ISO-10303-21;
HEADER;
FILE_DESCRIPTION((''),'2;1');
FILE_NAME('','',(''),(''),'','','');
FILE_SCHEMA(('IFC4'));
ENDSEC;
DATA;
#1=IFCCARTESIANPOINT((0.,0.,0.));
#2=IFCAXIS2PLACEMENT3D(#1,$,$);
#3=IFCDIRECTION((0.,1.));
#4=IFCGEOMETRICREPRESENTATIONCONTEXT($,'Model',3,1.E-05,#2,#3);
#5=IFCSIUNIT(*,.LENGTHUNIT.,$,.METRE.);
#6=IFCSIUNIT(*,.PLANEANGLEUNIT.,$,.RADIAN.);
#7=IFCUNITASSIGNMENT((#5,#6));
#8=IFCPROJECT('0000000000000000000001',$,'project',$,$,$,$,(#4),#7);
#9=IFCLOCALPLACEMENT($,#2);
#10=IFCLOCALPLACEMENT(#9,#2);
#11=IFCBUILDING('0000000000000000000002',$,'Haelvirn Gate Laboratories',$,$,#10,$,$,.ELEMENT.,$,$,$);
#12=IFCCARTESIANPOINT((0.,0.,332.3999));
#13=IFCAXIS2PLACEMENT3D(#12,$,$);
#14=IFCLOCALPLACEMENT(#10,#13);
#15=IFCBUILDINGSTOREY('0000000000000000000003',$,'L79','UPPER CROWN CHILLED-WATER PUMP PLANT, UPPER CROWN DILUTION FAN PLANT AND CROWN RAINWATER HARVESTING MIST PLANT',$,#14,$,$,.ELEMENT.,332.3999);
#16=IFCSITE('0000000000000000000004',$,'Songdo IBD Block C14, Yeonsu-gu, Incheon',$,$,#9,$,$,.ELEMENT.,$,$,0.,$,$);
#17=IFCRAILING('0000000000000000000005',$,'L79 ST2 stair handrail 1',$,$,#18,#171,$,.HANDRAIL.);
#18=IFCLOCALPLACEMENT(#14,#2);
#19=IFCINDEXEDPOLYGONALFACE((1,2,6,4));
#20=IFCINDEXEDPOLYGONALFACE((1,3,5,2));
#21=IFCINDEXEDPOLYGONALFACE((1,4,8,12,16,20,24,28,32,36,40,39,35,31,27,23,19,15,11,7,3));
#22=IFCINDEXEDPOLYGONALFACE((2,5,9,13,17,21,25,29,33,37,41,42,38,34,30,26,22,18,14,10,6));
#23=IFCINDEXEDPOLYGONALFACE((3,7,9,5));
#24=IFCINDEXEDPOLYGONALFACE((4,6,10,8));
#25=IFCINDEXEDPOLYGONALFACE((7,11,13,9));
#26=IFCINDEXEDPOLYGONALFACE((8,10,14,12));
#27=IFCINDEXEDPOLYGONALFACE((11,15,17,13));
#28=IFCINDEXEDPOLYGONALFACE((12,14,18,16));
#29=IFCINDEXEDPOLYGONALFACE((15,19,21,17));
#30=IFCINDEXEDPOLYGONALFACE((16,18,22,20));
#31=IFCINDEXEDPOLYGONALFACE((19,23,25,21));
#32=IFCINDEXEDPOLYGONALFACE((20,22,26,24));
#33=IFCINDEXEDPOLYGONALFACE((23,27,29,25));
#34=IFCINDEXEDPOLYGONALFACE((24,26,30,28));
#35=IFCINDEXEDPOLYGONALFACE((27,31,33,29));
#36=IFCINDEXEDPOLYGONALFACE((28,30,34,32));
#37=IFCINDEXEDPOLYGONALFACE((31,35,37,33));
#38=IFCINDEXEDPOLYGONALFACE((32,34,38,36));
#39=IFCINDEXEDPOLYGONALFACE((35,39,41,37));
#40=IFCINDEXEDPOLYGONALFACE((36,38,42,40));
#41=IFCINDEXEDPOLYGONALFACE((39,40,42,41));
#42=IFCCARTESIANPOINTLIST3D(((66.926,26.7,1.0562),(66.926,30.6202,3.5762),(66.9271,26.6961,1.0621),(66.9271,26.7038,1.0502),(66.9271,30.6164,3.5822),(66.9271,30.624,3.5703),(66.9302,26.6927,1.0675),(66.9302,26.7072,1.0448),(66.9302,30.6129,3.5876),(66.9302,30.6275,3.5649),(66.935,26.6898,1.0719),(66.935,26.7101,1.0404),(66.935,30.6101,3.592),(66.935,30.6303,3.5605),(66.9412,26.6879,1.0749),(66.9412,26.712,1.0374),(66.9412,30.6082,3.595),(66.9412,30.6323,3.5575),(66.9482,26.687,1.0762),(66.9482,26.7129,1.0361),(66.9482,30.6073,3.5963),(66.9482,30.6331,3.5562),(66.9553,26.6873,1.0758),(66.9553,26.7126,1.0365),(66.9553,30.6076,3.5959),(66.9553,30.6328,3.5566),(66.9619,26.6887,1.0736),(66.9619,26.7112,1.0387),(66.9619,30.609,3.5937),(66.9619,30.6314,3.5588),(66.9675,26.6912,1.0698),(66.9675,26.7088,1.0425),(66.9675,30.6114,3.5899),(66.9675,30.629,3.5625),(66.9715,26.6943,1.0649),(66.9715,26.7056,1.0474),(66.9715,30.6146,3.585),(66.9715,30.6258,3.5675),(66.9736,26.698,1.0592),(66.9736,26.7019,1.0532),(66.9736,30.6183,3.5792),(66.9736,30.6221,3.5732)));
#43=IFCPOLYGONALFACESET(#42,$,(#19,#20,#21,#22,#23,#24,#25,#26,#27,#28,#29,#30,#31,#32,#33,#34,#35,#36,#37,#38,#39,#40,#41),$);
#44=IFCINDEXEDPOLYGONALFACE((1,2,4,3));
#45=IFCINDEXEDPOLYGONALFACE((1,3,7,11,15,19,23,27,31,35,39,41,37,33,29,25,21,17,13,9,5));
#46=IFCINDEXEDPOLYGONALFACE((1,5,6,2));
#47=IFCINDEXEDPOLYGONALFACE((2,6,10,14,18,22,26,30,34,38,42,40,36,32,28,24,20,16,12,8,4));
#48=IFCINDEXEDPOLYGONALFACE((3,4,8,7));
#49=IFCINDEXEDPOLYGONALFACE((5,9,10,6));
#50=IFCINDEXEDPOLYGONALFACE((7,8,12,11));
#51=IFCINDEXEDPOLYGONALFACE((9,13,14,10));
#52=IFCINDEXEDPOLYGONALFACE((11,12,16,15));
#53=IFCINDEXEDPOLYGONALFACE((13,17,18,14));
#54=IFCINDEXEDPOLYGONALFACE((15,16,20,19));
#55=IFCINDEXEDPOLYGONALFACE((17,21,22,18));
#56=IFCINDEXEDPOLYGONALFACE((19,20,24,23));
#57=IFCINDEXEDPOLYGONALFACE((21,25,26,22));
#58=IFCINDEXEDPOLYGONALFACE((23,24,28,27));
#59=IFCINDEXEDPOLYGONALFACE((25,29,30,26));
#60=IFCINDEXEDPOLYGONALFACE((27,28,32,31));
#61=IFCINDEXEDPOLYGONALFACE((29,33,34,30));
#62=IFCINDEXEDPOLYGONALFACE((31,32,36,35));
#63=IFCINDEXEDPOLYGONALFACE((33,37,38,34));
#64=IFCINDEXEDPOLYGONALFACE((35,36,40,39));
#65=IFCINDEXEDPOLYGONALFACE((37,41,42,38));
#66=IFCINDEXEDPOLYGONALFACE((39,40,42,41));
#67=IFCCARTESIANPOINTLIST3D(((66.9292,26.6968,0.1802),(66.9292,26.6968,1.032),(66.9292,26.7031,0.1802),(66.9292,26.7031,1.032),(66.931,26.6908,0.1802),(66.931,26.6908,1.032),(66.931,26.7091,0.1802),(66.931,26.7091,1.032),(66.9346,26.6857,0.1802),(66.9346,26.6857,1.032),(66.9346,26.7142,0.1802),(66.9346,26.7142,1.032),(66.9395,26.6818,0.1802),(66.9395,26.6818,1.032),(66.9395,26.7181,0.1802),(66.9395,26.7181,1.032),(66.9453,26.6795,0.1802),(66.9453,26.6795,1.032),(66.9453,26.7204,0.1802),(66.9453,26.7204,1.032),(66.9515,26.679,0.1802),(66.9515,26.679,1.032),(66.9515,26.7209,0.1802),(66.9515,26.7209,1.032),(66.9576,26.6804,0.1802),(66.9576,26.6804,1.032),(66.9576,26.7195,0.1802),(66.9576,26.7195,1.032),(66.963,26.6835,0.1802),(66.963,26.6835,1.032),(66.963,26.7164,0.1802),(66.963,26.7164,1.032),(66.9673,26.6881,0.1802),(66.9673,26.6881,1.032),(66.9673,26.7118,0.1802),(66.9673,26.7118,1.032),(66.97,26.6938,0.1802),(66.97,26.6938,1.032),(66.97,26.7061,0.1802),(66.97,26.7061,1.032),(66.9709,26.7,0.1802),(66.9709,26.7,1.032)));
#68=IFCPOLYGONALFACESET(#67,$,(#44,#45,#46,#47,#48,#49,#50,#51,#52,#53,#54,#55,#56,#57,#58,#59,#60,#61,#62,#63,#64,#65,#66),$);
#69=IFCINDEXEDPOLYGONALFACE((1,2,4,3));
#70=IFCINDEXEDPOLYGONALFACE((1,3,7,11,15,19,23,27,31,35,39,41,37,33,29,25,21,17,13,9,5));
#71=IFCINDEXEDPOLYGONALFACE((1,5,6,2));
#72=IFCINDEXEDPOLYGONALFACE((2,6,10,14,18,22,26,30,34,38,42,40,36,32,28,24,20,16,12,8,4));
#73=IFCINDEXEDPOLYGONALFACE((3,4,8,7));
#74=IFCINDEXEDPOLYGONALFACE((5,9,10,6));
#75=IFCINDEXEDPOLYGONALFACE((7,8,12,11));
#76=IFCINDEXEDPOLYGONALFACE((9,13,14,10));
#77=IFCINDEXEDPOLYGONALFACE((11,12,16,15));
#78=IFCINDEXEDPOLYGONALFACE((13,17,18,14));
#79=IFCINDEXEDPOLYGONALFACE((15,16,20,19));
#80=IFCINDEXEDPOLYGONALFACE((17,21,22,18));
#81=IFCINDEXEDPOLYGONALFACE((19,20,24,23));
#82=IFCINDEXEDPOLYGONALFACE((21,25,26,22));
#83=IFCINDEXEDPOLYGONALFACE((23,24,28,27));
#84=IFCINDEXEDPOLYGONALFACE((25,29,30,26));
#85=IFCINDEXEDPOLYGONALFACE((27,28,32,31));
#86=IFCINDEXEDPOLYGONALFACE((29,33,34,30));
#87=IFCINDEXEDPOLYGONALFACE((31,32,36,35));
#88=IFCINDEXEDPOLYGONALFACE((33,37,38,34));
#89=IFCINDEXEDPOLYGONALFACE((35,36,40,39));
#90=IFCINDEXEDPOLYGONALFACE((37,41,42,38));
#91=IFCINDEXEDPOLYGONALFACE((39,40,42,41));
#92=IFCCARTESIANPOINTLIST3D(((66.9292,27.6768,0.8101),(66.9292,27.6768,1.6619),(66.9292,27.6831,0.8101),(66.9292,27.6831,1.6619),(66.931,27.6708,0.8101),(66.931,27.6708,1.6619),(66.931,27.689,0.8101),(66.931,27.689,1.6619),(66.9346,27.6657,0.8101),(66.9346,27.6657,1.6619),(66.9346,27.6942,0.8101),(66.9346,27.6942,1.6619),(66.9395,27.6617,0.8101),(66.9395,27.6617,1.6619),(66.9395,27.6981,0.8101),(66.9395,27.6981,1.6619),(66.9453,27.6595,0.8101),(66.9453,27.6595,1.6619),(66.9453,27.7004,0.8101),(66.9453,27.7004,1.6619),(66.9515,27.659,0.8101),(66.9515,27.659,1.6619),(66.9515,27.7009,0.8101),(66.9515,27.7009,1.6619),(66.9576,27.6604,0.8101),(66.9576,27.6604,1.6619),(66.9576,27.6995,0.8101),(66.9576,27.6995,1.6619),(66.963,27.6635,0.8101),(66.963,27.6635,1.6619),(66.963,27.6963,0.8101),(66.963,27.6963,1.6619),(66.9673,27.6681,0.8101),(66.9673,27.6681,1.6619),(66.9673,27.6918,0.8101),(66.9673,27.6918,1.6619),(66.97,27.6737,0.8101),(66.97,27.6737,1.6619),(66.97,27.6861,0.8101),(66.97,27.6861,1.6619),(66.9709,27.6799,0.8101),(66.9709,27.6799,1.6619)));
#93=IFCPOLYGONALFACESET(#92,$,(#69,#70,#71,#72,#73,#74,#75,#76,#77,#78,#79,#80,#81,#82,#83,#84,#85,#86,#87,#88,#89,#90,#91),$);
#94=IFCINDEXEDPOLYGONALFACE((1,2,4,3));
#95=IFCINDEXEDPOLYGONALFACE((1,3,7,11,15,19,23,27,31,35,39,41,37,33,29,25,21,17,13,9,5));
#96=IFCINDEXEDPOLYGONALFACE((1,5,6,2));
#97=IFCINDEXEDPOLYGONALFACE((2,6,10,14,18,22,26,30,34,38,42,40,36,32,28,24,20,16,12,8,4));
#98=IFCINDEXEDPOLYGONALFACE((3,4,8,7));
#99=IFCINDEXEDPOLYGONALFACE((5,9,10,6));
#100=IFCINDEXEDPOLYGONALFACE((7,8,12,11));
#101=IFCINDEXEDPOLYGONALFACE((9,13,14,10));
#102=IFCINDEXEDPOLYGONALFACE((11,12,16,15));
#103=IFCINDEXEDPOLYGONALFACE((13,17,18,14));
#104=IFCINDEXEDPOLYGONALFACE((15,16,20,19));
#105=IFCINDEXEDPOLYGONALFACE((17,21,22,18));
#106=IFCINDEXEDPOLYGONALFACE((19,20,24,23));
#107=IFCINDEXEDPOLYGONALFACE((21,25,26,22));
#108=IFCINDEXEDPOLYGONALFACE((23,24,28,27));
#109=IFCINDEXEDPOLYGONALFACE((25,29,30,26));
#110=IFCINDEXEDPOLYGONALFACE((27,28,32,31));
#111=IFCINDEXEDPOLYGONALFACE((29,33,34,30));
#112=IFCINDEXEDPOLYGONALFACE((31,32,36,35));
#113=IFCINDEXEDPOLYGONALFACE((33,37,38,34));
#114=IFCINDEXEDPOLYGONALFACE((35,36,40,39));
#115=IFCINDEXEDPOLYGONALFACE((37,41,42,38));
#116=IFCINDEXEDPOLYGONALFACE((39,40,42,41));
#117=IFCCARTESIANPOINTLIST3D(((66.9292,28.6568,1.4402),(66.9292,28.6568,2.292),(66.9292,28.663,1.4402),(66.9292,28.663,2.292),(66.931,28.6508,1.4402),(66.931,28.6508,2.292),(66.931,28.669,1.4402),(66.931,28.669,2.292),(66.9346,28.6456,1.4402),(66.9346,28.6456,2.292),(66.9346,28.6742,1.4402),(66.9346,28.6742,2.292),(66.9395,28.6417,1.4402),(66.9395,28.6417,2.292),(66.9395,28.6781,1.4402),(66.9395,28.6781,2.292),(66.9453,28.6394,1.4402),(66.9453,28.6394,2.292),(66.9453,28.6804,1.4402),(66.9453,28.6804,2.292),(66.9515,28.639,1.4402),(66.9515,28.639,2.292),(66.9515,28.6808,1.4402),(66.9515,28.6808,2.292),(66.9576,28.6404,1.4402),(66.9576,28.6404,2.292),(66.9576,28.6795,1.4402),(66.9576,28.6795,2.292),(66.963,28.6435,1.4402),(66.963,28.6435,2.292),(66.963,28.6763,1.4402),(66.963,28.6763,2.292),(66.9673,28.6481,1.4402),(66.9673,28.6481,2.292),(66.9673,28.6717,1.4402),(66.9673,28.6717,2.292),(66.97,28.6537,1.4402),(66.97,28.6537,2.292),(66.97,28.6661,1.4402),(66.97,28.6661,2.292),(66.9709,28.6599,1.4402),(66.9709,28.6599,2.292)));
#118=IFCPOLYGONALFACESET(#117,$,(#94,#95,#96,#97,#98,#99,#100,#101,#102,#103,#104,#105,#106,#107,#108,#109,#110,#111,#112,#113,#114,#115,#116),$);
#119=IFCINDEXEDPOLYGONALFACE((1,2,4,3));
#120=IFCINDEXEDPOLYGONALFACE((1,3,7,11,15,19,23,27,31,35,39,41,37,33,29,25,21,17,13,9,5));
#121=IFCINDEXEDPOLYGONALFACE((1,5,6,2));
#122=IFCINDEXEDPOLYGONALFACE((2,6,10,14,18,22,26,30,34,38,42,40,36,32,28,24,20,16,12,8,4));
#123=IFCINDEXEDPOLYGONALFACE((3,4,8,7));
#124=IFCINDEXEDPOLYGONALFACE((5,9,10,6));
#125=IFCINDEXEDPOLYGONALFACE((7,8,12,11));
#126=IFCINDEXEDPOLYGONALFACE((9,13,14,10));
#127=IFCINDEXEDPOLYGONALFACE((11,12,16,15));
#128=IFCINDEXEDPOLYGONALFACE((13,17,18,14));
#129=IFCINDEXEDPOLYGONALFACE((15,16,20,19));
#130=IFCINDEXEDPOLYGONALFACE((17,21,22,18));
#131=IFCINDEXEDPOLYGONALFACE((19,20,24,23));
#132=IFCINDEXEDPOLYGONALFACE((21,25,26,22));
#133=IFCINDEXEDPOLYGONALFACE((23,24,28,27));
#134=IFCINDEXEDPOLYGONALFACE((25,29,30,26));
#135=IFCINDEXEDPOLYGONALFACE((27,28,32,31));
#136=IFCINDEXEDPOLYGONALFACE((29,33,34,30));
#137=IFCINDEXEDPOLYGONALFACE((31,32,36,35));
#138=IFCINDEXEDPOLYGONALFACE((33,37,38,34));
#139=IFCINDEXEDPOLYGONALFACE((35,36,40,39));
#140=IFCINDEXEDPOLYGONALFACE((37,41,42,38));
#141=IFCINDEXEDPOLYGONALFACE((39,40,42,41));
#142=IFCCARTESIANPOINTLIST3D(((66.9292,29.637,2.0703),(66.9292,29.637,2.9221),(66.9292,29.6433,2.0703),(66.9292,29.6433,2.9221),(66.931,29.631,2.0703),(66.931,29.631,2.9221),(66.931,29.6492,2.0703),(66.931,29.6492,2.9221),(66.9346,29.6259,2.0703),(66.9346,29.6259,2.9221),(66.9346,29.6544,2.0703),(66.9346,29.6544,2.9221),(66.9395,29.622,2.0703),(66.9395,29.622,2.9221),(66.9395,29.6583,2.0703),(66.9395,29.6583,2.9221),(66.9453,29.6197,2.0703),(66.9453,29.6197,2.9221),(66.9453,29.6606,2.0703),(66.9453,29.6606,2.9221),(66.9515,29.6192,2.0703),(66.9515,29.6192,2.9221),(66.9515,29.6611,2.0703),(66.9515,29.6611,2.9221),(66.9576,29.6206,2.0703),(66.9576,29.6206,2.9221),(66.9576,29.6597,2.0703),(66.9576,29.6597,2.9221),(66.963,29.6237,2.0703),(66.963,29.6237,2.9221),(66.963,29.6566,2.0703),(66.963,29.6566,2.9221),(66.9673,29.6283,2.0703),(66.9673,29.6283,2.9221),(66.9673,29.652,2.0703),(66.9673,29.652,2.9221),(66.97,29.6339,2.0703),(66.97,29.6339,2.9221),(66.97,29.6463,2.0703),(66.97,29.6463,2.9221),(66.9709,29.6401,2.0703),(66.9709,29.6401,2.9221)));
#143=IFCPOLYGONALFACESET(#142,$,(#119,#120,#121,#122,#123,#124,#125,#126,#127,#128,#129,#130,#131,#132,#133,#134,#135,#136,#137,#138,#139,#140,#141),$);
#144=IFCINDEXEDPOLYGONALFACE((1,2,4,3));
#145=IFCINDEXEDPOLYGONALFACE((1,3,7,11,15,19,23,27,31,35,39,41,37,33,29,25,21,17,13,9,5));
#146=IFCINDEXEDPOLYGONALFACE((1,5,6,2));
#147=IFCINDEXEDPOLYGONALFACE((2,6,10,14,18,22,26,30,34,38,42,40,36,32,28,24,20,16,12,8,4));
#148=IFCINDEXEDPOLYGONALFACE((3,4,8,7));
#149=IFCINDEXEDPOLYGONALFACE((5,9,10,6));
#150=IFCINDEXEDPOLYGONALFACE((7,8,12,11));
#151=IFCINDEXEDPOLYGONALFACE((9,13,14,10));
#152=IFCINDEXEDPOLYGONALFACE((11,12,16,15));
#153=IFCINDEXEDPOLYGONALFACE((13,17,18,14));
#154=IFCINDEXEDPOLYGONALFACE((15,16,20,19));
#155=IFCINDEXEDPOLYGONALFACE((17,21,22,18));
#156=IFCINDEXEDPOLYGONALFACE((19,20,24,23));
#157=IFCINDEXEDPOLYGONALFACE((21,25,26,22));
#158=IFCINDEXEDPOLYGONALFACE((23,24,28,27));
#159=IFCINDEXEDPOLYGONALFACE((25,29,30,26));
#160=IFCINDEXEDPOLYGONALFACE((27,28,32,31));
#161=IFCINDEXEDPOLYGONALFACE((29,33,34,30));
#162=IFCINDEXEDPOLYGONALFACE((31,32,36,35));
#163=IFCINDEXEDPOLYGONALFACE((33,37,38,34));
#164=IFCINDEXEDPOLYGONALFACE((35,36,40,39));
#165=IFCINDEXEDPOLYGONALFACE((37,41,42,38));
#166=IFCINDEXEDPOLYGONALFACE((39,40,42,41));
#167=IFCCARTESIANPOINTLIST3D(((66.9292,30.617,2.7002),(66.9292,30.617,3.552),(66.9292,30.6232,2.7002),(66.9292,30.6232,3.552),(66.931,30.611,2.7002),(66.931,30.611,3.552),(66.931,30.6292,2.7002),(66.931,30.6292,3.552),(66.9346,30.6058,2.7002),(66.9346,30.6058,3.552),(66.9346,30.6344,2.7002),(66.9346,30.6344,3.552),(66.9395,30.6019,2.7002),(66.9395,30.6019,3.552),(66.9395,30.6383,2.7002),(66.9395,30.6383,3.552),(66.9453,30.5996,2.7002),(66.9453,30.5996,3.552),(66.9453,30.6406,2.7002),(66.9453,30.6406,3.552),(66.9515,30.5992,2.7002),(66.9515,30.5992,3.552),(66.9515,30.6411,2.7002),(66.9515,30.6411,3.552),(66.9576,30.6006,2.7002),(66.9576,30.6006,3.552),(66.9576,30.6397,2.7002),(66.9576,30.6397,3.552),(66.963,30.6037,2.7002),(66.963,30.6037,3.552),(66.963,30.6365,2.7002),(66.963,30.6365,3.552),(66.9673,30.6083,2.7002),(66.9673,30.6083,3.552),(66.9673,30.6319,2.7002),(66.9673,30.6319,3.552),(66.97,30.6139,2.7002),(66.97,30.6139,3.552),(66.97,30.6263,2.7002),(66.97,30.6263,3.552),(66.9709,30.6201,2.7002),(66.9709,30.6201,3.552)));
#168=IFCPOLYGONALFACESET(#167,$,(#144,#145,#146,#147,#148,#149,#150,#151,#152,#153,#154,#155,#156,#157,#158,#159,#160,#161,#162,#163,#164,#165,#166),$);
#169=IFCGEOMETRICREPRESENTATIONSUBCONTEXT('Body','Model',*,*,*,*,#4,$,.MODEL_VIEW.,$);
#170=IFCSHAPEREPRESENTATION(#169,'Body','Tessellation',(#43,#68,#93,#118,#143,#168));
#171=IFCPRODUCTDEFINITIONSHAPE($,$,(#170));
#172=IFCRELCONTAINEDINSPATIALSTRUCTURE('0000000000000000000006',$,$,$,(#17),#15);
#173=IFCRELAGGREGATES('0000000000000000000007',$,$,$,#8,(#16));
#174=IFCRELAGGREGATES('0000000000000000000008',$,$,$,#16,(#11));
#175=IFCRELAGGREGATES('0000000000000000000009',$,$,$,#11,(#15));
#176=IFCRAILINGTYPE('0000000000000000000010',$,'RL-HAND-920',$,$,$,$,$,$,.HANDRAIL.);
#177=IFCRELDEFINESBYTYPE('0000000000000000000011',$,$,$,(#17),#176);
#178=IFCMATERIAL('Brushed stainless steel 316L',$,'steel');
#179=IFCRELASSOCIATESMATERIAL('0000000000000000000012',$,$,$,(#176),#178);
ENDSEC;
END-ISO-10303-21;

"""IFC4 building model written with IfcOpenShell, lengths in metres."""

from ifc_helpers import new_model, si_unit, direction, frame, origin, origin_2d, place, context, subcontext, project, spatial, circle, extrude, source, transform, mapped, material, type_object, element, save


model = new_model("IFC4")

# Units and contexts
model_context = context("Model", 3, precision=1e-05, world=origin(), true_north=direction((0.0, 1.0)))
body_context = subcontext(model_context, "Body", "Model", "MODEL_VIEW")
ifc_project = project(units=[si_unit("LENGTHUNIT", "METRE"), si_unit("PLANEANGLEUNIT", "RADIAN")], contexts=[model_context])

# Site, building, storey
site_placement = place(None, origin())
site = spatial("IfcSite", under=ifc_project, at=site_placement, Name="Songdo IBD Block C14, Yeonsu-gu, Incheon", CompositionType="ELEMENT", RefElevation=0.0)
building_placement = place(site_placement, origin())
building = spatial("IfcBuilding", under=site, at=building_placement, Name="Haelvirn Gate Laboratories", CompositionType="ELEMENT")
storey_placement = place(building_placement, frame((0.0, 0.0, 332.3999)))
storey = spatial("IfcBuildingStorey", under=building, at=storey_placement, Name="L79", Description="UPPER CROWN CHILLED-WATER PUMP PLANT, UPPER CROWN DILUTION FAN PLANT AND CROWN RAINWATER HARVESTING MIST PLANT", CompositionType="ELEMENT", Elevation=332.3999)

# Railing
ifc_material_1 = material(Name="Brushed stainless steel 316L", Category="steel")
railing_type_1 = type_object("IfcRailingType", Name="RL-HAND-920", PredefinedType="HANDRAIL", material=ifc_material_1)
shared_shape_1 = source(origin(), body_context, "Body", "SweptSolid", [
    extrude(circle(Radius=0.0239, at=origin_2d()), frame((0.0, 0.0, 0.876), z_axis=(0.0, 0.841187, 0.540744), x_axis=(-1.0, 0.0, 0.0)), (0.0, 0.0, 1.0), 4.6604),
    extrude(circle(Radius=0.021, at=origin_2d()), origin(), (0.0, 0.0, 1.0), 0.8518),
    extrude(circle(Radius=0.021, at=origin_2d()), frame((0.0, 0.98, 0.6299)), (0.0, 0.0, 1.0), 0.8518),
    extrude(circle(Radius=0.021, at=origin_2d()), frame((0.0, 1.96, 1.26)), (0.0, 0.0, 1.0), 0.8518),
    extrude(circle(Radius=0.021, at=origin_2d()), frame((0.0, 2.9402, 1.8901)), (0.0, 0.0, 1.0), 0.8518),
    extrude(circle(Radius=0.021, at=origin_2d()), frame((0.0, 3.9202, 2.52)), (0.0, 0.0, 1.0), 0.8518),
])
railing_1_placement = place(storey_placement, frame((66.95, 26.7, 0.1802)))
element("IfcRailing", 1, at=railing_1_placement, inside=storey, type_object=railing_type_1, Name="L79 ST2 stair handrail 1", PredefinedType="HANDRAIL", context=body_context, shape_type="MappedRepresentation", body=[
    mapped(shared_shape_1, transform((0.0, 0.0, 0.0), scale=1.0)),
])

save(model, "model.ifc")
